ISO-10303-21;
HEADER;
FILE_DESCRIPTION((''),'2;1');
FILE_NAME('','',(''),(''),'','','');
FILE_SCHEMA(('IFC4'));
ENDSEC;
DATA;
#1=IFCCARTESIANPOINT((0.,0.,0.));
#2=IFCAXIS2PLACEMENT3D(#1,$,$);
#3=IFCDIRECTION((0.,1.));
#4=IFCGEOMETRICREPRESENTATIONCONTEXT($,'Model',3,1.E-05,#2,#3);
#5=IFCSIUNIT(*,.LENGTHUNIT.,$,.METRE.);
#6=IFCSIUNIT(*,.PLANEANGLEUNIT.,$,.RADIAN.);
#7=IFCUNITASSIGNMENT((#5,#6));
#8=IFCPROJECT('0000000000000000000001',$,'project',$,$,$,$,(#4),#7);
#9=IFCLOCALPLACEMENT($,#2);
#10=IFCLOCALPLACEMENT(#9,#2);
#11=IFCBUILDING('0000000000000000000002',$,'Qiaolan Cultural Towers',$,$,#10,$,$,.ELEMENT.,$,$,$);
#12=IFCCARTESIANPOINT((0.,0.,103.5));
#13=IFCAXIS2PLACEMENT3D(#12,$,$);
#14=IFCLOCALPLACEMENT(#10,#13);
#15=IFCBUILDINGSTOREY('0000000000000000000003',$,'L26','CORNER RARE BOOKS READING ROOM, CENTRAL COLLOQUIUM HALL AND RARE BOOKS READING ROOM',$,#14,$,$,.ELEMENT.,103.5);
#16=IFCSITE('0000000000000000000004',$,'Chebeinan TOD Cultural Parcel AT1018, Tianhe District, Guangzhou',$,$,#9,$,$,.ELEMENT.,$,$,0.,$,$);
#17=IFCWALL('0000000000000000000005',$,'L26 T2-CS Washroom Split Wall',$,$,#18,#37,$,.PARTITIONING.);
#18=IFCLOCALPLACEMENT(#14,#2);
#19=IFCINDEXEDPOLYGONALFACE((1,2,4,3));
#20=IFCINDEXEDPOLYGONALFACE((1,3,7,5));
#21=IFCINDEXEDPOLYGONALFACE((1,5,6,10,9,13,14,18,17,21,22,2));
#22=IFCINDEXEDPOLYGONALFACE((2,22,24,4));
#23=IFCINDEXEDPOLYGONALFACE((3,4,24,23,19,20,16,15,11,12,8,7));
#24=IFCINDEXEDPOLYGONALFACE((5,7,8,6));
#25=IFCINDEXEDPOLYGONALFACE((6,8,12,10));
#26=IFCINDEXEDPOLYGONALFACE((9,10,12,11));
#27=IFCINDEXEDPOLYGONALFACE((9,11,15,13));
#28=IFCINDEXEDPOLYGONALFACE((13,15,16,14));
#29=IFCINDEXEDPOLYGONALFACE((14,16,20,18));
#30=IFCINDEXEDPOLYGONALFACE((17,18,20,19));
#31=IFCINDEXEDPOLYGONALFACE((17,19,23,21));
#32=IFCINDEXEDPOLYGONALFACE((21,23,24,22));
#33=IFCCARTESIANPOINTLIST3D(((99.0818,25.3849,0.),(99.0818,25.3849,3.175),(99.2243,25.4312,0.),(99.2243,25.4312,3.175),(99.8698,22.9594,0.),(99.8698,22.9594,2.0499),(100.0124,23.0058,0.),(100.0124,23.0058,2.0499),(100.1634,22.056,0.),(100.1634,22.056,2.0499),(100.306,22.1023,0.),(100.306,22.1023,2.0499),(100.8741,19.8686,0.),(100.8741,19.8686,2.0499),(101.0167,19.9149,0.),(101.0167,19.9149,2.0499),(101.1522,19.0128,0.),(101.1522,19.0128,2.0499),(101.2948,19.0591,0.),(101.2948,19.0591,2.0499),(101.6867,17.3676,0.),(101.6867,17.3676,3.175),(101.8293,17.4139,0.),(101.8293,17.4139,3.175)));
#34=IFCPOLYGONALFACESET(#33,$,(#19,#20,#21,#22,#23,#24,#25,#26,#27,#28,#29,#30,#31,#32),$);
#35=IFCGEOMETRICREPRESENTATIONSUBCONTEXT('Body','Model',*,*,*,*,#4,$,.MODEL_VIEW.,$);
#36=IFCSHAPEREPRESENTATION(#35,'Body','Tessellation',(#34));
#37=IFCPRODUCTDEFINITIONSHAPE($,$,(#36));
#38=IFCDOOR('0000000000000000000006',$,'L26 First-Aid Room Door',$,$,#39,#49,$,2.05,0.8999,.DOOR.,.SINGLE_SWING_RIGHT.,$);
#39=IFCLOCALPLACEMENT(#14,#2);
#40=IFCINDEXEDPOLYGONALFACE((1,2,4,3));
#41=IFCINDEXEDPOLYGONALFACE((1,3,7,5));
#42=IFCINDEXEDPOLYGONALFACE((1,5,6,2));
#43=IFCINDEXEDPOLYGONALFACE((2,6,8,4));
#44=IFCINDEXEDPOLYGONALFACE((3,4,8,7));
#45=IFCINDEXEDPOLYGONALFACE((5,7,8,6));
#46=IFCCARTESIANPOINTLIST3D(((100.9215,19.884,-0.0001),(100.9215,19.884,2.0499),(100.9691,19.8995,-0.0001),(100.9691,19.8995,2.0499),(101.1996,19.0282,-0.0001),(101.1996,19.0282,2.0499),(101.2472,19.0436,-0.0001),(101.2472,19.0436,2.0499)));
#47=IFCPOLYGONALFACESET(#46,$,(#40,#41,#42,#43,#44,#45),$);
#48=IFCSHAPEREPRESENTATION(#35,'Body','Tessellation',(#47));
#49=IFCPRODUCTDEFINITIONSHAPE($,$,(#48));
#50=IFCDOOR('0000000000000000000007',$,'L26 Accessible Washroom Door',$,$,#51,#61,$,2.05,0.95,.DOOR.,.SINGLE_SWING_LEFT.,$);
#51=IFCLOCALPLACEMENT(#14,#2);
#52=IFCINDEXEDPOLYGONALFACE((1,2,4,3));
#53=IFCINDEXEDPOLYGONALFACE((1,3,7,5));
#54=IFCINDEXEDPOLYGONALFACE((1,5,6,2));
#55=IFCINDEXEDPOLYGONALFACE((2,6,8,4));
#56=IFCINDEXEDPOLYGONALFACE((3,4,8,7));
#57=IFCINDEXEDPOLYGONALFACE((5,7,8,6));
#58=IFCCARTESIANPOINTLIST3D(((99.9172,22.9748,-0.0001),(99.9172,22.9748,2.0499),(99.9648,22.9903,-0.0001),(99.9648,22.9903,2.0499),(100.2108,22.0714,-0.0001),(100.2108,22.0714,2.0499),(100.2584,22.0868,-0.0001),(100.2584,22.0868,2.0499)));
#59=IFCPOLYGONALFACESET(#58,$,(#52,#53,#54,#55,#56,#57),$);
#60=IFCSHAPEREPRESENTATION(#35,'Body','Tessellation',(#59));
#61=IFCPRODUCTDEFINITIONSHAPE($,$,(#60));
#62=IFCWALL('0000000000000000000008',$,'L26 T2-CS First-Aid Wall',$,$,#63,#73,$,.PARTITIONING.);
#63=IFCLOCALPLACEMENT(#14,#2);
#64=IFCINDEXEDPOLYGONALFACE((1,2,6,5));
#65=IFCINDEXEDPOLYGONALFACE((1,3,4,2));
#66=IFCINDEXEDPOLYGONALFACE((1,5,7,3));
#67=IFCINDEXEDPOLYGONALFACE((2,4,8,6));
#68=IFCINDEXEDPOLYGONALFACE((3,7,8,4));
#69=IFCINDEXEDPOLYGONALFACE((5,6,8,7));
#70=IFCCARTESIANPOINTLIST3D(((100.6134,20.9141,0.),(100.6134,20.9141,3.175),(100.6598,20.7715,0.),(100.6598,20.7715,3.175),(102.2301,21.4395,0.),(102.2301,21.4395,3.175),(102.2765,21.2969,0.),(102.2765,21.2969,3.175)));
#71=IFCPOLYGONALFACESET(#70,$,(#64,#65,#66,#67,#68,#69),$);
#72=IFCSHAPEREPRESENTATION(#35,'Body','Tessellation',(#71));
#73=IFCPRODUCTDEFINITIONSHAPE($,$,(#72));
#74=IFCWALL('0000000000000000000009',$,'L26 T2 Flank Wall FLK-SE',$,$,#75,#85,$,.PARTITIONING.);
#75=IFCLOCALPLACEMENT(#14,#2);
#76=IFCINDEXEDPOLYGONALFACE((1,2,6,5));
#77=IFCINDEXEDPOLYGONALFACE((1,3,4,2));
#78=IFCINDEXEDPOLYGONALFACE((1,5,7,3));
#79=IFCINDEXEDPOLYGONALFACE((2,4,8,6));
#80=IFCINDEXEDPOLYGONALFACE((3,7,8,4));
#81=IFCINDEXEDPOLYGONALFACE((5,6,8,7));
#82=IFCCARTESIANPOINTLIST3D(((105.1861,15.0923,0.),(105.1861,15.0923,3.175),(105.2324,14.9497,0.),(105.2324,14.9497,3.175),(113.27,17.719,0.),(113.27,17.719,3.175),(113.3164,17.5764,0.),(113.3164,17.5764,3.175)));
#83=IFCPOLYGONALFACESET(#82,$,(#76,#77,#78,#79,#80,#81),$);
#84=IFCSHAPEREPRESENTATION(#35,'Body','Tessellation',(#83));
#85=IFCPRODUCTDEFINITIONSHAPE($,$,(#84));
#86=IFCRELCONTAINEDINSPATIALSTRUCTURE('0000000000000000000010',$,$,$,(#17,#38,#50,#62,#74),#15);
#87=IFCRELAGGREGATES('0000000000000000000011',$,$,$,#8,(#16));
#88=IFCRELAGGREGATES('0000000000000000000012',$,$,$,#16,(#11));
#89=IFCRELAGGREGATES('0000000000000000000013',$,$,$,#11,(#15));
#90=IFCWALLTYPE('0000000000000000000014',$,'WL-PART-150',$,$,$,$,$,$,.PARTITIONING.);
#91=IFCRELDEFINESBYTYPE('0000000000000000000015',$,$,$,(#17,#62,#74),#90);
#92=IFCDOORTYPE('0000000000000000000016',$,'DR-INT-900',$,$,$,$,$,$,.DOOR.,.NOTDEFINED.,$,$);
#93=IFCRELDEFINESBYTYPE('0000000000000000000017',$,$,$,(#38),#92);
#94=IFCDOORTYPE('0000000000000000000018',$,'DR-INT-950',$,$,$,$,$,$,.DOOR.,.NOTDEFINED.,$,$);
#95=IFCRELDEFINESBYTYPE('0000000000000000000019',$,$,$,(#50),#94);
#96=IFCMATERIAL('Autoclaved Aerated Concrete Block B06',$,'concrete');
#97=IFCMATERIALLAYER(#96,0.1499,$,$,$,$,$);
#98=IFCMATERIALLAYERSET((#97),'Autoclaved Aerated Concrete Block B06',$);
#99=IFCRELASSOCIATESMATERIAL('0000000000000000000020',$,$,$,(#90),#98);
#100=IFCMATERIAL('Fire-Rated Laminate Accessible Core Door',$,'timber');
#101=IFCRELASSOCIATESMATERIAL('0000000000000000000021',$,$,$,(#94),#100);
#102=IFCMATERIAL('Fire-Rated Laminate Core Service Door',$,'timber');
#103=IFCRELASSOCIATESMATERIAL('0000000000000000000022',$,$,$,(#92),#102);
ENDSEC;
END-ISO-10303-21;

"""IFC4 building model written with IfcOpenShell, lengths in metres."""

from ifc_helpers import new_model, si_unit, direction, frame, frame_2d, origin, place, context, subcontext, project, spatial, rectangle, extrude, material, layer, layer_set, type_object, element, fill, save


model = new_model("IFC4")

# Units and contexts
model_context = context("Model", 3, precision=1e-05, world=origin(), true_north=direction((0.0, 1.0)))
body_context = subcontext(model_context, "Body", "Model", "MODEL_VIEW")
ifc_project = project(units=[si_unit("LENGTHUNIT", "METRE"), si_unit("PLANEANGLEUNIT", "RADIAN")], contexts=[model_context])

# Site, building, storey
site_placement = place(None, origin())
site = spatial("IfcSite", under=ifc_project, at=site_placement, Name="Chebeinan TOD Cultural Parcel AT1018, Tianhe District, Guangzhou", CompositionType="ELEMENT", RefElevation=0.0)
building_placement = place(site_placement, origin())
building = spatial("IfcBuilding", under=site, at=building_placement, Name="Qiaolan Cultural Towers", CompositionType="ELEMENT")
storey_placement = place(building_placement, frame((0.0, 0.0, 103.5)))
storey = spatial("IfcBuildingStorey", under=building, at=storey_placement, Name="L26", Description="CORNER RARE BOOKS READING ROOM, CENTRAL COLLOQUIUM HALL AND RARE BOOKS READING ROOM", CompositionType="ELEMENT", Elevation=103.5)

# Shared definitions
ifc_material_1 = material(Name="Autoclaved Aerated Concrete Block B06", Category="concrete")
ifc_layer_1 = layer(ifc_material_1, 0.1499)
ifc_layer_set_1 = layer_set([ifc_layer_1], Name="Autoclaved Aerated Concrete Block B06")
wall_type_1 = type_object("IfcWallType", Name="WL-PART-150", PredefinedType="PARTITIONING", material=ifc_layer_set_1)

# Shared definitions
ifc_material_2 = material(Name="Fire-Rated Laminate Accessible Core Door", Category="timber")
door_type_1 = type_object("IfcDoorType", Name="DR-INT-950", OperationType="NOTDEFINED", PredefinedType="DOOR", material=ifc_material_2)

# Wall, openings, doors
wall_1_placement = place(storey_placement, frame((99.1531, 25.408, 0.0), z_axis=(0.0, 0.0, 1.0), x_axis=(0.309016, -0.951057, 0.0)))
wall_1 = element("IfcWall", 1, at=wall_1_placement, inside=storey, type_object=wall_type_1, Name="L26 T2-CS Washroom Split Wall", PredefinedType="PARTITIONING", context=body_context, shape_type="SweptSolid", body=[
    extrude(rectangle(XDim=8.4299, YDim=0.1499, at=frame_2d((4.2148, 0.0))), origin(), (0.0, 0.0, 1.0), 3.175),
])
opening_1_placement = place(wall_1_placement, frame((2.55, 0.0, 0.0)))
opening_1 = element("IfcOpeningElement", 2, at=opening_1_placement, cuts=wall_1, PredefinedType="OPENING", context=body_context, shape_type="SweptSolid", body=[
    extrude(rectangle(XDim=0.95, YDim=2.05, at=frame_2d((0.4751, 1.0249))), frame((0.0, 0.085, 0.0), z_axis=(0.0, -1.0, 0.0), x_axis=(1.0, 0.0, 0.0)), (0.0, 0.0, 1.0), 0.1699),
])
opening_2_placement = place(wall_1_placement, frame((5.8, 0.0, 0.0)))
opening_2 = element("IfcOpeningElement", 3, at=opening_2_placement, cuts=wall_1, PredefinedType="OPENING", context=body_context, shape_type="SweptSolid", body=[
    extrude(rectangle(XDim=0.8999, YDim=2.05, at=frame_2d((0.45, 1.0249))), frame((0.0, 0.085, 0.0), z_axis=(0.0, -1.0, 0.0), x_axis=(1.0, 0.0, 0.0)), (0.0, 0.0, 1.0), 0.1699),
])
ifc_material_3 = material(Name="Fire-Rated Laminate Core Service Door", Category="timber")
door_type_2 = type_object("IfcDoorType", Name="DR-INT-900", OperationType="NOTDEFINED", PredefinedType="DOOR", material=ifc_material_3)
door_1_placement = place(opening_2_placement, origin())
door_1 = element("IfcDoor", 4, at=door_1_placement, inside=storey, type_object=door_type_2, Name="L26 First-Aid Room Door", OperationType="SINGLE_SWING_RIGHT", OverallHeight=2.05, OverallWidth=0.8999, PredefinedType="DOOR", context=body_context, shape_type="SweptSolid", body=[
    extrude(rectangle(XDim=0.8999, YDim=2.05, at=frame_2d((0.45, 1.0249))), frame((0.0, 0.0249, 0.0), z_axis=(0.0, -1.0, 0.0), x_axis=(1.0, 0.0, 0.0)), (0.0, 0.0, 1.0), 0.05),
])
fill(opening_2, door_1)
door_2_placement = place(opening_1_placement, origin())
door_2 = element("IfcDoor", 5, at=door_2_placement, inside=storey, type_object=door_type_1, Name="L26 Accessible Washroom Door", OperationType="SINGLE_SWING_LEFT", OverallHeight=2.05, OverallWidth=0.95, PredefinedType="DOOR", context=body_context, shape_type="SweptSolid", body=[
    extrude(rectangle(XDim=0.95, YDim=2.05, at=frame_2d((0.4751, 1.0249))), frame((0.0, 0.0249, 0.0), z_axis=(0.0, -1.0, 0.0), x_axis=(1.0, 0.0, 0.0)), (0.0, 0.0, 1.0), 0.05),
])
fill(opening_1, door_2)

# Walls
wall_2_placement = place(storey_placement, frame((100.6365, 20.8428, 0.0), z_axis=(0.0, 0.0, 1.0), x_axis=(0.95104, 0.309067, 0.0)))
element("IfcWall", 6, at=wall_2_placement, inside=storey, type_object=wall_type_1, Name="L26 T2-CS First-Aid Wall", PredefinedType="PARTITIONING", context=body_context, shape_type="SweptSolid", body=[
    extrude(rectangle(XDim=1.7, YDim=0.1499, at=frame_2d((0.8501, 0.0))), origin(), (0.0, 0.0, 1.0), 3.175),
])
wall_3_placement = place(storey_placement, frame((105.2092, 15.021, 0.0), z_axis=(0.0, 0.0, 1.0), x_axis=(0.951054, 0.309024, 0.0)))
element("IfcWall", 7, at=wall_3_placement, inside=storey, type_object=wall_type_1, Name="L26 T2 Flank Wall FLK-SE", PredefinedType="PARTITIONING", context=body_context, shape_type="SweptSolid", body=[
    extrude(rectangle(XDim=8.5, YDim=0.1499, at=frame_2d((4.25, 0.0))), origin(), (0.0, 0.0, 1.0), 3.175),
])

save(model, "model.ifc")
